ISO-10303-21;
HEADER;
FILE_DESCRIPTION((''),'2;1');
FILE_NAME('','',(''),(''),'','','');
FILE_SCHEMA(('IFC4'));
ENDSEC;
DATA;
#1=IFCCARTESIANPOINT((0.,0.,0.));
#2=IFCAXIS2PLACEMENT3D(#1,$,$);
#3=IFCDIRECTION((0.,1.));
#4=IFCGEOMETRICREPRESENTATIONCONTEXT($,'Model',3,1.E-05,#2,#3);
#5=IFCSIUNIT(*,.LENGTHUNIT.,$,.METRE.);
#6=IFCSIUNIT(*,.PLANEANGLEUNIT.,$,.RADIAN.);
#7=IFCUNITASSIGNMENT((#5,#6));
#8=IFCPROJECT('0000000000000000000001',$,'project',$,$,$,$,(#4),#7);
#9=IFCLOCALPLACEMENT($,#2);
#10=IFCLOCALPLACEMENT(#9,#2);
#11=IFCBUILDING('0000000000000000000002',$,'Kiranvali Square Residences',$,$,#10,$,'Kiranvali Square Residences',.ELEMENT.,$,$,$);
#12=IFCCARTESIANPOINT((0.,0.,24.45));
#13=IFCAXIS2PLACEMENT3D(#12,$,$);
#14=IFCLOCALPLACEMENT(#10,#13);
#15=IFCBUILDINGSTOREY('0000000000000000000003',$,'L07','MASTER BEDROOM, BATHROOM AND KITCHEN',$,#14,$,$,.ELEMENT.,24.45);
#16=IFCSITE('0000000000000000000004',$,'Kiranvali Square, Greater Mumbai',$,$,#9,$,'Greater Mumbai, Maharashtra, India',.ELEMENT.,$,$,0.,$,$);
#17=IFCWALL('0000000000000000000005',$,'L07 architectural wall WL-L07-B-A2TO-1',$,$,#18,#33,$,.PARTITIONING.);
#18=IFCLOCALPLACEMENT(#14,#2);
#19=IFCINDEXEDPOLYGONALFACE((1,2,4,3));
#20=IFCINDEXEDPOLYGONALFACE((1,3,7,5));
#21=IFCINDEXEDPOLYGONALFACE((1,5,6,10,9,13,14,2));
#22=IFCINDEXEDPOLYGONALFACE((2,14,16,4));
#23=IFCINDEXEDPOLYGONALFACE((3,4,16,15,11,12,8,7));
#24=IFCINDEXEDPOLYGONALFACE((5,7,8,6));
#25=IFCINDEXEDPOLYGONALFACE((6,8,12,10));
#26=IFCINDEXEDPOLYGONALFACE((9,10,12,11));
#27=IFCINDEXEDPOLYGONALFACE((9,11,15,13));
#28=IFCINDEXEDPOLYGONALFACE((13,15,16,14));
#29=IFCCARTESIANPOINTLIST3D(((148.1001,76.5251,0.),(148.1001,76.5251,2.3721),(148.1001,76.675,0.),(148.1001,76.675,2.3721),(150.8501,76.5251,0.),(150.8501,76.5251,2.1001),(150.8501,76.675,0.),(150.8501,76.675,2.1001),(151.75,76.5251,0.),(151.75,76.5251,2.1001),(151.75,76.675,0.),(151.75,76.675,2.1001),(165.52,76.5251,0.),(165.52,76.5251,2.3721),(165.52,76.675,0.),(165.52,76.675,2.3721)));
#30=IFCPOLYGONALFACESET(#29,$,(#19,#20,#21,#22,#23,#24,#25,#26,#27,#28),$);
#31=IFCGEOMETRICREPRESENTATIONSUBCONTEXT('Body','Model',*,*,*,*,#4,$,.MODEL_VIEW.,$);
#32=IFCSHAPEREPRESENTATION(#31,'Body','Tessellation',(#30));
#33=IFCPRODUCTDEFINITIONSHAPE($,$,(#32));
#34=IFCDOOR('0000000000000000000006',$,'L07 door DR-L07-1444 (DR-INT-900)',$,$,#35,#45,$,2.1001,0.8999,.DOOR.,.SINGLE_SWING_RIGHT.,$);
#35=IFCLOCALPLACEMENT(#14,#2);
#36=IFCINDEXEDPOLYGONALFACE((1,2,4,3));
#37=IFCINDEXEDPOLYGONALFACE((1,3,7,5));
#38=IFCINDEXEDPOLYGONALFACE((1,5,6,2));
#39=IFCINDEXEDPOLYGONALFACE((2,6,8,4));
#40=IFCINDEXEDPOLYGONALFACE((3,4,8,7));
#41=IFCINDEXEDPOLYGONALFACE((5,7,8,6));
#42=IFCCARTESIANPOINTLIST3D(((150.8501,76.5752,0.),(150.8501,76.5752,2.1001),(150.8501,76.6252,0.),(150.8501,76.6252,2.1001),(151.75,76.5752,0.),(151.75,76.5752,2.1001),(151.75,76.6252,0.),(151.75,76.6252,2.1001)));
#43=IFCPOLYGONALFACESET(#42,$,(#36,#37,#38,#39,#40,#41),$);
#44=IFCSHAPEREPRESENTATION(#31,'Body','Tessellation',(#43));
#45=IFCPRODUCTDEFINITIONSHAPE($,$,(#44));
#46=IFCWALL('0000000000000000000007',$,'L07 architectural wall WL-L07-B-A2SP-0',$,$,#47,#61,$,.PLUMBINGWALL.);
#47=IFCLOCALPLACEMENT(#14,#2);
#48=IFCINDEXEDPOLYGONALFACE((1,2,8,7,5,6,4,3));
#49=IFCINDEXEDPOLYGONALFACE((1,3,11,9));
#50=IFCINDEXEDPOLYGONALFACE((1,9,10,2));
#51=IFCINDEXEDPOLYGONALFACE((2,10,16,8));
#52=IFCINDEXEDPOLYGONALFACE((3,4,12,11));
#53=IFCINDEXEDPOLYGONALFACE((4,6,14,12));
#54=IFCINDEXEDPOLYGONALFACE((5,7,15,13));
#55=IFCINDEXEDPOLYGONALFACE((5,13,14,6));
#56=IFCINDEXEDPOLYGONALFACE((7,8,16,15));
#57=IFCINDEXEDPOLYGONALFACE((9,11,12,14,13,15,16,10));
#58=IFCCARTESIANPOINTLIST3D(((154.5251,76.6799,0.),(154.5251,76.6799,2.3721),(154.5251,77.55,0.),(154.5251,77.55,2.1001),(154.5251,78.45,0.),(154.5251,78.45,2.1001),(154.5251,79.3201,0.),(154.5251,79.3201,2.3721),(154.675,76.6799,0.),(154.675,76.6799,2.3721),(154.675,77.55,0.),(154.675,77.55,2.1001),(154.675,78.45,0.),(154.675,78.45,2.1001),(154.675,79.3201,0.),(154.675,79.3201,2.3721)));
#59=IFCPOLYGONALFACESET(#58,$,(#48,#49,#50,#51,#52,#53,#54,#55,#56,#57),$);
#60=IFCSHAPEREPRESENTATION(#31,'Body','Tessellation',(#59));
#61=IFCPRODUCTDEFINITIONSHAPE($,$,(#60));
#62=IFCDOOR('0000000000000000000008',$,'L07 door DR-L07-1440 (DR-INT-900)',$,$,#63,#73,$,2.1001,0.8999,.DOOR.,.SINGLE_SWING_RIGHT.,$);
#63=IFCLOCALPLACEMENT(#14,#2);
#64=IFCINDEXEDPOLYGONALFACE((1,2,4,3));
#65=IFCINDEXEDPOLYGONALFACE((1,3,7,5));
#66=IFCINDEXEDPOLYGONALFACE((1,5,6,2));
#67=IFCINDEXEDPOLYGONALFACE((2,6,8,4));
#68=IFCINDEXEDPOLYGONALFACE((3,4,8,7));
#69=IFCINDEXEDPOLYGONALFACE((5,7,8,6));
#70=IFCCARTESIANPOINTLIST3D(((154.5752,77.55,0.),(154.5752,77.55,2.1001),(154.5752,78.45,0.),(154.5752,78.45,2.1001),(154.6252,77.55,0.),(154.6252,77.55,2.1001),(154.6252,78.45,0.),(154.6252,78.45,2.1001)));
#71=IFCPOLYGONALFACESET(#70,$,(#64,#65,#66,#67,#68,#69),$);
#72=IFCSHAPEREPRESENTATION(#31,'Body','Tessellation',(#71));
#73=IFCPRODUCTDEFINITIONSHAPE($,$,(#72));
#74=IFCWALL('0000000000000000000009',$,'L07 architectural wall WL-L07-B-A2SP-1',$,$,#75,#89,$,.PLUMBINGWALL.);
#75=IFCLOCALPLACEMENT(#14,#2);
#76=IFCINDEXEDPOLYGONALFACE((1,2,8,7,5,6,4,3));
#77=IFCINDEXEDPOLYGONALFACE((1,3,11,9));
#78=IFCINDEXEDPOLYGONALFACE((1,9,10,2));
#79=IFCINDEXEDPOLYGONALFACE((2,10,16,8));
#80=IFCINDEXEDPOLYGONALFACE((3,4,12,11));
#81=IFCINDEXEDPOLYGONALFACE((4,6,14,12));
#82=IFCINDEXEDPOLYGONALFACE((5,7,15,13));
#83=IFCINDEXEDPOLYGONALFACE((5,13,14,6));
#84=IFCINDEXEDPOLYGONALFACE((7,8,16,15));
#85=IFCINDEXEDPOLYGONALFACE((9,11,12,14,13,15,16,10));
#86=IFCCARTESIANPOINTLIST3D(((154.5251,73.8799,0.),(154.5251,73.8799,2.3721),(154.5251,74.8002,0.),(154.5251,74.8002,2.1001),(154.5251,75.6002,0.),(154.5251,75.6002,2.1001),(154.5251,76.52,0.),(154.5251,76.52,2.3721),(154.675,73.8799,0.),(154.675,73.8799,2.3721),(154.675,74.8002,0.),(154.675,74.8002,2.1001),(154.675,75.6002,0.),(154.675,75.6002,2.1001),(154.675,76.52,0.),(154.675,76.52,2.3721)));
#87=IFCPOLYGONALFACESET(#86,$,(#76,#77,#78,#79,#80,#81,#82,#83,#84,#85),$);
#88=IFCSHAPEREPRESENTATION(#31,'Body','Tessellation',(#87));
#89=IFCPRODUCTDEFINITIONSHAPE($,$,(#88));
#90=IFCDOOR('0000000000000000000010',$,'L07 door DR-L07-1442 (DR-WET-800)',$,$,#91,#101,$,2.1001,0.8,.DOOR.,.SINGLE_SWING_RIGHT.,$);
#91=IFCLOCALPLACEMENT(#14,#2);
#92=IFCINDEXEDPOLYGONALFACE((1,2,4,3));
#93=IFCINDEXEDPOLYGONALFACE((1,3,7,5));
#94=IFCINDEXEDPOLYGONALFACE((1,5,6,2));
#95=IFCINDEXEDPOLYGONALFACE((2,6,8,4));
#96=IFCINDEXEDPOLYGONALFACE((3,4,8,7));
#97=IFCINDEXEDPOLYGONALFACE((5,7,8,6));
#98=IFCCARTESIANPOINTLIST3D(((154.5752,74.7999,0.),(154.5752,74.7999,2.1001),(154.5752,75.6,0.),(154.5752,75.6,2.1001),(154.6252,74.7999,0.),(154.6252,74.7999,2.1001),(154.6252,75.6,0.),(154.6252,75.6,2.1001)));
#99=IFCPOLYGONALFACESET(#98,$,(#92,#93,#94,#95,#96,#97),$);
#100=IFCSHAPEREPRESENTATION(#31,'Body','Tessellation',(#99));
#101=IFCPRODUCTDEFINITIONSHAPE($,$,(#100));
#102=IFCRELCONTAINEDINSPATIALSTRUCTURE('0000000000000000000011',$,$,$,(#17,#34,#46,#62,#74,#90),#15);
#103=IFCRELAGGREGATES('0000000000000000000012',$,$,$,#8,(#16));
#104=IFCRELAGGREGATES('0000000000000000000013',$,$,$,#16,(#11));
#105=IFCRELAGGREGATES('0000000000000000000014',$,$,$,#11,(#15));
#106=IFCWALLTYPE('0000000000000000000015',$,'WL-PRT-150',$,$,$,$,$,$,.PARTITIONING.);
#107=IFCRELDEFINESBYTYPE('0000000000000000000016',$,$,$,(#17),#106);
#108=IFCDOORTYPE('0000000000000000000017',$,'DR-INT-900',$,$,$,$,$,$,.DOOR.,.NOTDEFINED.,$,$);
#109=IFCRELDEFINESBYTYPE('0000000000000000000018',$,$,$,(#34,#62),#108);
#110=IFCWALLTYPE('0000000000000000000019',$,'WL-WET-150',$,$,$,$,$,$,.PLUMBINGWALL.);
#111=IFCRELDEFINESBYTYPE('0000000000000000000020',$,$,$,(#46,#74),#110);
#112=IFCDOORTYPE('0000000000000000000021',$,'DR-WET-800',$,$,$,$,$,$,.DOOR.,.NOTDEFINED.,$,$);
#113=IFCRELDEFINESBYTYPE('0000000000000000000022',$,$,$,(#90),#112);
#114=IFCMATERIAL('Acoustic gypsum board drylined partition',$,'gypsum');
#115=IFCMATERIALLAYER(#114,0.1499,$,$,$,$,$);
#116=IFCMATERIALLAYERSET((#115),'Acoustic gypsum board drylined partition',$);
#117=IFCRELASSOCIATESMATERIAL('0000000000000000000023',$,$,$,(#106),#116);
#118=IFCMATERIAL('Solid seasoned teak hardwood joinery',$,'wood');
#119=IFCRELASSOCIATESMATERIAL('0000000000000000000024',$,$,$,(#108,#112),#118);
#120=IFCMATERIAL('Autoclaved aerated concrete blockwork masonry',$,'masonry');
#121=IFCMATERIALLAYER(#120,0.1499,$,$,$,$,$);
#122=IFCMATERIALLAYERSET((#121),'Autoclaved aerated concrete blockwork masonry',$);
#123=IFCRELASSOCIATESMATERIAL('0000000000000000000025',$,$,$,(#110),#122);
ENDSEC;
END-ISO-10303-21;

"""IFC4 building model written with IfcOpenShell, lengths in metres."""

from ifc_helpers import new_model, si_unit, direction, frame, frame_2d, origin, place, context, subcontext, project, spatial, rectangle, extrude, material, layer, layer_set, type_object, element, fill, save


model = new_model("IFC4")

# Units and contexts
model_context = context("Model", 3, precision=1e-05, world=origin(), true_north=direction((0.0, 1.0)))
body_context = subcontext(model_context, "Body", "Model", "MODEL_VIEW")
ifc_project = project(units=[si_unit("LENGTHUNIT", "METRE"), si_unit("PLANEANGLEUNIT", "RADIAN")], contexts=[model_context])

# Site, building, storey
site_placement = place(None, origin())
site = spatial("IfcSite", under=ifc_project, at=site_placement, Name="Kiranvali Square, Greater Mumbai", LongName="Greater Mumbai, Maharashtra, India", CompositionType="ELEMENT", RefElevation=0.0)
building_placement = place(site_placement, origin())
building = spatial("IfcBuilding", under=site, at=building_placement, Name="Kiranvali Square Residences", LongName="Kiranvali Square Residences", CompositionType="ELEMENT")
storey_placement = place(building_placement, frame((0.0, 0.0, 24.45)))
storey = spatial("IfcBuildingStorey", under=building, at=storey_placement, Name="L07", Description="MASTER BEDROOM, BATHROOM AND KITCHEN", CompositionType="ELEMENT", Elevation=24.45)

# Shared definitions
ifc_material_1 = material(Name="Autoclaved aerated concrete blockwork masonry", Category="masonry")

# Walls, openings, doors
ifc_material_2 = material(Name="Acoustic gypsum board drylined partition", Category="gypsum")
ifc_layer_1 = layer(ifc_material_2, 0.1499)
ifc_layer_set_1 = layer_set([ifc_layer_1], Name="Acoustic gypsum board drylined partition")
wall_type_1 = type_object("IfcWallType", Name="WL-PRT-150", PredefinedType="PARTITIONING", material=ifc_layer_set_1)
wall_1_placement = place(storey_placement, frame((148.1001, 76.6001, 0.0), z_axis=(0.0, 0.0, 1.0), x_axis=(1.0, 0.0, 0.0)))
wall_1 = element("IfcWall", 1, at=wall_1_placement, inside=storey, type_object=wall_type_1, Name="L07 architectural wall WL-L07-B-A2TO-1", PredefinedType="PARTITIONING", context=body_context, shape_type="SweptSolid", body=[
    extrude(rectangle(XDim=17.4199, YDim=0.1499, at=frame_2d((8.71, 0.0))), origin(), (0.0, 0.0, 1.0), 2.3721),
])
opening_1_placement = place(wall_1_placement, frame((2.75, 0.0, 0.0)))
opening_1 = element("IfcOpeningElement", 2, at=opening_1_placement, cuts=wall_1, PredefinedType="OPENING", context=body_context, shape_type="SweptSolid", body=[
    extrude(rectangle(XDim=0.8999, YDim=2.1001, at=frame_2d((0.45, 1.05))), frame((0.0, 0.085, 0.0), z_axis=(0.0, -1.0, 0.0), x_axis=(1.0, 0.0, 0.0)), (0.0, 0.0, 1.0), 0.1699),
])
ifc_material_3 = material(Name="Solid seasoned teak hardwood joinery", Category="wood")
door_type_1 = type_object("IfcDoorType", Name="DR-INT-900", OperationType="NOTDEFINED", PredefinedType="DOOR", material=ifc_material_3)
door_1_placement = place(opening_1_placement, frame((0.8999, 0.0, 0.0), z_axis=(0.0, 0.0, 1.0), x_axis=(-1.0, 0.0, 0.0)))
door_1 = element("IfcDoor", 3, at=door_1_placement, inside=storey, type_object=door_type_1, Name="L07 door DR-L07-1444 (DR-INT-900)", OperationType="SINGLE_SWING_RIGHT", OverallHeight=2.1001, OverallWidth=0.8999, PredefinedType="DOOR", context=body_context, shape_type="SweptSolid", body=[
    extrude(rectangle(XDim=0.8999, YDim=2.1001, at=frame_2d((0.45, 1.05))), frame((0.0, 0.0249, 0.0), z_axis=(0.0, -1.0, 0.0), x_axis=(1.0, 0.0, 0.0)), (0.0, 0.0, 1.0), 0.05),
])
fill(opening_1, door_1)
ifc_layer_2 = layer(ifc_material_1, 0.1499)
ifc_layer_set_2 = layer_set([ifc_layer_2], Name="Autoclaved aerated concrete blockwork masonry")
wall_type_2 = type_object("IfcWallType", Name="WL-WET-150", PredefinedType="PLUMBINGWALL", material=ifc_layer_set_2)
wall_2_placement = place(storey_placement, frame((154.6001, 79.3201, 0.0), z_axis=(0.0, 0.0, 1.0), x_axis=(0.0, -1.0, 0.0)))
wall_2 = element("IfcWall", 4, at=wall_2_placement, inside=storey, type_object=wall_type_2, Name="L07 architectural wall WL-L07-B-A2SP-0", PredefinedType="PLUMBINGWALL", context=body_context, shape_type="SweptSolid", body=[
    extrude(rectangle(XDim=2.6401, YDim=0.1499, at=frame_2d((1.3201, 0.0))), origin(), (0.0, 0.0, 1.0), 2.3721),
])
opening_2_placement = place(wall_2_placement, frame((0.8701, 0.0, 0.0)))
opening_2 = element("IfcOpeningElement", 5, at=opening_2_placement, cuts=wall_2, PredefinedType="OPENING", context=body_context, shape_type="SweptSolid", body=[
    extrude(rectangle(XDim=0.8999, YDim=2.1001, at=frame_2d((0.45, 1.05))), frame((0.0, 0.085, 0.0), z_axis=(0.0, -1.0, 0.0), x_axis=(1.0, 0.0, 0.0)), (0.0, 0.0, 1.0), 0.1699),
])
door_2_placement = place(opening_2_placement, frame((0.8999, 0.0, 0.0), z_axis=(0.0, 0.0, 1.0), x_axis=(-1.0, 0.0, 0.0)))
door_2 = element("IfcDoor", 6, at=door_2_placement, inside=storey, type_object=door_type_1, Name="L07 door DR-L07-1440 (DR-INT-900)", OperationType="SINGLE_SWING_RIGHT", OverallHeight=2.1001, OverallWidth=0.8999, PredefinedType="DOOR", context=body_context, shape_type="SweptSolid", body=[
    extrude(rectangle(XDim=0.8999, YDim=2.1001, at=frame_2d((0.45, 1.05))), frame((0.0, 0.0249, 0.0), z_axis=(0.0, -1.0, 0.0), x_axis=(1.0, 0.0, 0.0)), (0.0, 0.0, 1.0), 0.05),
])
fill(opening_2, door_2)
wall_3_placement = place(storey_placement, frame((154.6001, 76.52, 0.0), z_axis=(0.0, 0.0, 1.0), x_axis=(0.0, -1.0, 0.0)))
wall_3 = element("IfcWall", 7, at=wall_3_placement, inside=storey, type_object=wall_type_2, Name="L07 architectural wall WL-L07-B-A2SP-1", PredefinedType="PLUMBINGWALL", context=body_context, shape_type="SweptSolid", body=[
    extrude(rectangle(XDim=2.6401, YDim=0.1499, at=frame_2d((1.3201, 0.0))), origin(), (0.0, 0.0, 1.0), 2.3721),
])
opening_3_placement = place(wall_3_placement, frame((0.9199, 0.0, 0.0)))
opening_3 = element("IfcOpeningElement", 8, at=opening_3_placement, cuts=wall_3, PredefinedType="OPENING", context=body_context, shape_type="SweptSolid", body=[
    extrude(rectangle(XDim=0.8, YDim=2.1001, at=frame_2d((0.3999, 1.05))), frame((0.0, 0.085, 0.0), z_axis=(0.0, -1.0, 0.0), x_axis=(1.0, 0.0, 0.0)), (0.0, 0.0, 1.0), 0.1699),
])
door_type_2 = type_object("IfcDoorType", Name="DR-WET-800", OperationType="NOTDEFINED", PredefinedType="DOOR", material=ifc_material_3)
door_3_placement = place(opening_3_placement, frame((0.8, 0.0, 0.0), z_axis=(0.0, 0.0, 1.0), x_axis=(-1.0, 0.0, 0.0)))
door_3 = element("IfcDoor", 9, at=door_3_placement, inside=storey, type_object=door_type_2, Name="L07 door DR-L07-1442 (DR-WET-800)", OperationType="SINGLE_SWING_RIGHT", OverallHeight=2.1001, OverallWidth=0.8, PredefinedType="DOOR", context=body_context, shape_type="SweptSolid", body=[
    extrude(rectangle(XDim=0.8, YDim=2.1001, at=frame_2d((0.3999, 1.05))), frame((0.0, 0.0249, 0.0), z_axis=(0.0, -1.0, 0.0), x_axis=(1.0, 0.0, 0.0)), (0.0, 0.0, 1.0), 0.05),
])
fill(opening_3, door_3)

save(model, "model.ifc")
